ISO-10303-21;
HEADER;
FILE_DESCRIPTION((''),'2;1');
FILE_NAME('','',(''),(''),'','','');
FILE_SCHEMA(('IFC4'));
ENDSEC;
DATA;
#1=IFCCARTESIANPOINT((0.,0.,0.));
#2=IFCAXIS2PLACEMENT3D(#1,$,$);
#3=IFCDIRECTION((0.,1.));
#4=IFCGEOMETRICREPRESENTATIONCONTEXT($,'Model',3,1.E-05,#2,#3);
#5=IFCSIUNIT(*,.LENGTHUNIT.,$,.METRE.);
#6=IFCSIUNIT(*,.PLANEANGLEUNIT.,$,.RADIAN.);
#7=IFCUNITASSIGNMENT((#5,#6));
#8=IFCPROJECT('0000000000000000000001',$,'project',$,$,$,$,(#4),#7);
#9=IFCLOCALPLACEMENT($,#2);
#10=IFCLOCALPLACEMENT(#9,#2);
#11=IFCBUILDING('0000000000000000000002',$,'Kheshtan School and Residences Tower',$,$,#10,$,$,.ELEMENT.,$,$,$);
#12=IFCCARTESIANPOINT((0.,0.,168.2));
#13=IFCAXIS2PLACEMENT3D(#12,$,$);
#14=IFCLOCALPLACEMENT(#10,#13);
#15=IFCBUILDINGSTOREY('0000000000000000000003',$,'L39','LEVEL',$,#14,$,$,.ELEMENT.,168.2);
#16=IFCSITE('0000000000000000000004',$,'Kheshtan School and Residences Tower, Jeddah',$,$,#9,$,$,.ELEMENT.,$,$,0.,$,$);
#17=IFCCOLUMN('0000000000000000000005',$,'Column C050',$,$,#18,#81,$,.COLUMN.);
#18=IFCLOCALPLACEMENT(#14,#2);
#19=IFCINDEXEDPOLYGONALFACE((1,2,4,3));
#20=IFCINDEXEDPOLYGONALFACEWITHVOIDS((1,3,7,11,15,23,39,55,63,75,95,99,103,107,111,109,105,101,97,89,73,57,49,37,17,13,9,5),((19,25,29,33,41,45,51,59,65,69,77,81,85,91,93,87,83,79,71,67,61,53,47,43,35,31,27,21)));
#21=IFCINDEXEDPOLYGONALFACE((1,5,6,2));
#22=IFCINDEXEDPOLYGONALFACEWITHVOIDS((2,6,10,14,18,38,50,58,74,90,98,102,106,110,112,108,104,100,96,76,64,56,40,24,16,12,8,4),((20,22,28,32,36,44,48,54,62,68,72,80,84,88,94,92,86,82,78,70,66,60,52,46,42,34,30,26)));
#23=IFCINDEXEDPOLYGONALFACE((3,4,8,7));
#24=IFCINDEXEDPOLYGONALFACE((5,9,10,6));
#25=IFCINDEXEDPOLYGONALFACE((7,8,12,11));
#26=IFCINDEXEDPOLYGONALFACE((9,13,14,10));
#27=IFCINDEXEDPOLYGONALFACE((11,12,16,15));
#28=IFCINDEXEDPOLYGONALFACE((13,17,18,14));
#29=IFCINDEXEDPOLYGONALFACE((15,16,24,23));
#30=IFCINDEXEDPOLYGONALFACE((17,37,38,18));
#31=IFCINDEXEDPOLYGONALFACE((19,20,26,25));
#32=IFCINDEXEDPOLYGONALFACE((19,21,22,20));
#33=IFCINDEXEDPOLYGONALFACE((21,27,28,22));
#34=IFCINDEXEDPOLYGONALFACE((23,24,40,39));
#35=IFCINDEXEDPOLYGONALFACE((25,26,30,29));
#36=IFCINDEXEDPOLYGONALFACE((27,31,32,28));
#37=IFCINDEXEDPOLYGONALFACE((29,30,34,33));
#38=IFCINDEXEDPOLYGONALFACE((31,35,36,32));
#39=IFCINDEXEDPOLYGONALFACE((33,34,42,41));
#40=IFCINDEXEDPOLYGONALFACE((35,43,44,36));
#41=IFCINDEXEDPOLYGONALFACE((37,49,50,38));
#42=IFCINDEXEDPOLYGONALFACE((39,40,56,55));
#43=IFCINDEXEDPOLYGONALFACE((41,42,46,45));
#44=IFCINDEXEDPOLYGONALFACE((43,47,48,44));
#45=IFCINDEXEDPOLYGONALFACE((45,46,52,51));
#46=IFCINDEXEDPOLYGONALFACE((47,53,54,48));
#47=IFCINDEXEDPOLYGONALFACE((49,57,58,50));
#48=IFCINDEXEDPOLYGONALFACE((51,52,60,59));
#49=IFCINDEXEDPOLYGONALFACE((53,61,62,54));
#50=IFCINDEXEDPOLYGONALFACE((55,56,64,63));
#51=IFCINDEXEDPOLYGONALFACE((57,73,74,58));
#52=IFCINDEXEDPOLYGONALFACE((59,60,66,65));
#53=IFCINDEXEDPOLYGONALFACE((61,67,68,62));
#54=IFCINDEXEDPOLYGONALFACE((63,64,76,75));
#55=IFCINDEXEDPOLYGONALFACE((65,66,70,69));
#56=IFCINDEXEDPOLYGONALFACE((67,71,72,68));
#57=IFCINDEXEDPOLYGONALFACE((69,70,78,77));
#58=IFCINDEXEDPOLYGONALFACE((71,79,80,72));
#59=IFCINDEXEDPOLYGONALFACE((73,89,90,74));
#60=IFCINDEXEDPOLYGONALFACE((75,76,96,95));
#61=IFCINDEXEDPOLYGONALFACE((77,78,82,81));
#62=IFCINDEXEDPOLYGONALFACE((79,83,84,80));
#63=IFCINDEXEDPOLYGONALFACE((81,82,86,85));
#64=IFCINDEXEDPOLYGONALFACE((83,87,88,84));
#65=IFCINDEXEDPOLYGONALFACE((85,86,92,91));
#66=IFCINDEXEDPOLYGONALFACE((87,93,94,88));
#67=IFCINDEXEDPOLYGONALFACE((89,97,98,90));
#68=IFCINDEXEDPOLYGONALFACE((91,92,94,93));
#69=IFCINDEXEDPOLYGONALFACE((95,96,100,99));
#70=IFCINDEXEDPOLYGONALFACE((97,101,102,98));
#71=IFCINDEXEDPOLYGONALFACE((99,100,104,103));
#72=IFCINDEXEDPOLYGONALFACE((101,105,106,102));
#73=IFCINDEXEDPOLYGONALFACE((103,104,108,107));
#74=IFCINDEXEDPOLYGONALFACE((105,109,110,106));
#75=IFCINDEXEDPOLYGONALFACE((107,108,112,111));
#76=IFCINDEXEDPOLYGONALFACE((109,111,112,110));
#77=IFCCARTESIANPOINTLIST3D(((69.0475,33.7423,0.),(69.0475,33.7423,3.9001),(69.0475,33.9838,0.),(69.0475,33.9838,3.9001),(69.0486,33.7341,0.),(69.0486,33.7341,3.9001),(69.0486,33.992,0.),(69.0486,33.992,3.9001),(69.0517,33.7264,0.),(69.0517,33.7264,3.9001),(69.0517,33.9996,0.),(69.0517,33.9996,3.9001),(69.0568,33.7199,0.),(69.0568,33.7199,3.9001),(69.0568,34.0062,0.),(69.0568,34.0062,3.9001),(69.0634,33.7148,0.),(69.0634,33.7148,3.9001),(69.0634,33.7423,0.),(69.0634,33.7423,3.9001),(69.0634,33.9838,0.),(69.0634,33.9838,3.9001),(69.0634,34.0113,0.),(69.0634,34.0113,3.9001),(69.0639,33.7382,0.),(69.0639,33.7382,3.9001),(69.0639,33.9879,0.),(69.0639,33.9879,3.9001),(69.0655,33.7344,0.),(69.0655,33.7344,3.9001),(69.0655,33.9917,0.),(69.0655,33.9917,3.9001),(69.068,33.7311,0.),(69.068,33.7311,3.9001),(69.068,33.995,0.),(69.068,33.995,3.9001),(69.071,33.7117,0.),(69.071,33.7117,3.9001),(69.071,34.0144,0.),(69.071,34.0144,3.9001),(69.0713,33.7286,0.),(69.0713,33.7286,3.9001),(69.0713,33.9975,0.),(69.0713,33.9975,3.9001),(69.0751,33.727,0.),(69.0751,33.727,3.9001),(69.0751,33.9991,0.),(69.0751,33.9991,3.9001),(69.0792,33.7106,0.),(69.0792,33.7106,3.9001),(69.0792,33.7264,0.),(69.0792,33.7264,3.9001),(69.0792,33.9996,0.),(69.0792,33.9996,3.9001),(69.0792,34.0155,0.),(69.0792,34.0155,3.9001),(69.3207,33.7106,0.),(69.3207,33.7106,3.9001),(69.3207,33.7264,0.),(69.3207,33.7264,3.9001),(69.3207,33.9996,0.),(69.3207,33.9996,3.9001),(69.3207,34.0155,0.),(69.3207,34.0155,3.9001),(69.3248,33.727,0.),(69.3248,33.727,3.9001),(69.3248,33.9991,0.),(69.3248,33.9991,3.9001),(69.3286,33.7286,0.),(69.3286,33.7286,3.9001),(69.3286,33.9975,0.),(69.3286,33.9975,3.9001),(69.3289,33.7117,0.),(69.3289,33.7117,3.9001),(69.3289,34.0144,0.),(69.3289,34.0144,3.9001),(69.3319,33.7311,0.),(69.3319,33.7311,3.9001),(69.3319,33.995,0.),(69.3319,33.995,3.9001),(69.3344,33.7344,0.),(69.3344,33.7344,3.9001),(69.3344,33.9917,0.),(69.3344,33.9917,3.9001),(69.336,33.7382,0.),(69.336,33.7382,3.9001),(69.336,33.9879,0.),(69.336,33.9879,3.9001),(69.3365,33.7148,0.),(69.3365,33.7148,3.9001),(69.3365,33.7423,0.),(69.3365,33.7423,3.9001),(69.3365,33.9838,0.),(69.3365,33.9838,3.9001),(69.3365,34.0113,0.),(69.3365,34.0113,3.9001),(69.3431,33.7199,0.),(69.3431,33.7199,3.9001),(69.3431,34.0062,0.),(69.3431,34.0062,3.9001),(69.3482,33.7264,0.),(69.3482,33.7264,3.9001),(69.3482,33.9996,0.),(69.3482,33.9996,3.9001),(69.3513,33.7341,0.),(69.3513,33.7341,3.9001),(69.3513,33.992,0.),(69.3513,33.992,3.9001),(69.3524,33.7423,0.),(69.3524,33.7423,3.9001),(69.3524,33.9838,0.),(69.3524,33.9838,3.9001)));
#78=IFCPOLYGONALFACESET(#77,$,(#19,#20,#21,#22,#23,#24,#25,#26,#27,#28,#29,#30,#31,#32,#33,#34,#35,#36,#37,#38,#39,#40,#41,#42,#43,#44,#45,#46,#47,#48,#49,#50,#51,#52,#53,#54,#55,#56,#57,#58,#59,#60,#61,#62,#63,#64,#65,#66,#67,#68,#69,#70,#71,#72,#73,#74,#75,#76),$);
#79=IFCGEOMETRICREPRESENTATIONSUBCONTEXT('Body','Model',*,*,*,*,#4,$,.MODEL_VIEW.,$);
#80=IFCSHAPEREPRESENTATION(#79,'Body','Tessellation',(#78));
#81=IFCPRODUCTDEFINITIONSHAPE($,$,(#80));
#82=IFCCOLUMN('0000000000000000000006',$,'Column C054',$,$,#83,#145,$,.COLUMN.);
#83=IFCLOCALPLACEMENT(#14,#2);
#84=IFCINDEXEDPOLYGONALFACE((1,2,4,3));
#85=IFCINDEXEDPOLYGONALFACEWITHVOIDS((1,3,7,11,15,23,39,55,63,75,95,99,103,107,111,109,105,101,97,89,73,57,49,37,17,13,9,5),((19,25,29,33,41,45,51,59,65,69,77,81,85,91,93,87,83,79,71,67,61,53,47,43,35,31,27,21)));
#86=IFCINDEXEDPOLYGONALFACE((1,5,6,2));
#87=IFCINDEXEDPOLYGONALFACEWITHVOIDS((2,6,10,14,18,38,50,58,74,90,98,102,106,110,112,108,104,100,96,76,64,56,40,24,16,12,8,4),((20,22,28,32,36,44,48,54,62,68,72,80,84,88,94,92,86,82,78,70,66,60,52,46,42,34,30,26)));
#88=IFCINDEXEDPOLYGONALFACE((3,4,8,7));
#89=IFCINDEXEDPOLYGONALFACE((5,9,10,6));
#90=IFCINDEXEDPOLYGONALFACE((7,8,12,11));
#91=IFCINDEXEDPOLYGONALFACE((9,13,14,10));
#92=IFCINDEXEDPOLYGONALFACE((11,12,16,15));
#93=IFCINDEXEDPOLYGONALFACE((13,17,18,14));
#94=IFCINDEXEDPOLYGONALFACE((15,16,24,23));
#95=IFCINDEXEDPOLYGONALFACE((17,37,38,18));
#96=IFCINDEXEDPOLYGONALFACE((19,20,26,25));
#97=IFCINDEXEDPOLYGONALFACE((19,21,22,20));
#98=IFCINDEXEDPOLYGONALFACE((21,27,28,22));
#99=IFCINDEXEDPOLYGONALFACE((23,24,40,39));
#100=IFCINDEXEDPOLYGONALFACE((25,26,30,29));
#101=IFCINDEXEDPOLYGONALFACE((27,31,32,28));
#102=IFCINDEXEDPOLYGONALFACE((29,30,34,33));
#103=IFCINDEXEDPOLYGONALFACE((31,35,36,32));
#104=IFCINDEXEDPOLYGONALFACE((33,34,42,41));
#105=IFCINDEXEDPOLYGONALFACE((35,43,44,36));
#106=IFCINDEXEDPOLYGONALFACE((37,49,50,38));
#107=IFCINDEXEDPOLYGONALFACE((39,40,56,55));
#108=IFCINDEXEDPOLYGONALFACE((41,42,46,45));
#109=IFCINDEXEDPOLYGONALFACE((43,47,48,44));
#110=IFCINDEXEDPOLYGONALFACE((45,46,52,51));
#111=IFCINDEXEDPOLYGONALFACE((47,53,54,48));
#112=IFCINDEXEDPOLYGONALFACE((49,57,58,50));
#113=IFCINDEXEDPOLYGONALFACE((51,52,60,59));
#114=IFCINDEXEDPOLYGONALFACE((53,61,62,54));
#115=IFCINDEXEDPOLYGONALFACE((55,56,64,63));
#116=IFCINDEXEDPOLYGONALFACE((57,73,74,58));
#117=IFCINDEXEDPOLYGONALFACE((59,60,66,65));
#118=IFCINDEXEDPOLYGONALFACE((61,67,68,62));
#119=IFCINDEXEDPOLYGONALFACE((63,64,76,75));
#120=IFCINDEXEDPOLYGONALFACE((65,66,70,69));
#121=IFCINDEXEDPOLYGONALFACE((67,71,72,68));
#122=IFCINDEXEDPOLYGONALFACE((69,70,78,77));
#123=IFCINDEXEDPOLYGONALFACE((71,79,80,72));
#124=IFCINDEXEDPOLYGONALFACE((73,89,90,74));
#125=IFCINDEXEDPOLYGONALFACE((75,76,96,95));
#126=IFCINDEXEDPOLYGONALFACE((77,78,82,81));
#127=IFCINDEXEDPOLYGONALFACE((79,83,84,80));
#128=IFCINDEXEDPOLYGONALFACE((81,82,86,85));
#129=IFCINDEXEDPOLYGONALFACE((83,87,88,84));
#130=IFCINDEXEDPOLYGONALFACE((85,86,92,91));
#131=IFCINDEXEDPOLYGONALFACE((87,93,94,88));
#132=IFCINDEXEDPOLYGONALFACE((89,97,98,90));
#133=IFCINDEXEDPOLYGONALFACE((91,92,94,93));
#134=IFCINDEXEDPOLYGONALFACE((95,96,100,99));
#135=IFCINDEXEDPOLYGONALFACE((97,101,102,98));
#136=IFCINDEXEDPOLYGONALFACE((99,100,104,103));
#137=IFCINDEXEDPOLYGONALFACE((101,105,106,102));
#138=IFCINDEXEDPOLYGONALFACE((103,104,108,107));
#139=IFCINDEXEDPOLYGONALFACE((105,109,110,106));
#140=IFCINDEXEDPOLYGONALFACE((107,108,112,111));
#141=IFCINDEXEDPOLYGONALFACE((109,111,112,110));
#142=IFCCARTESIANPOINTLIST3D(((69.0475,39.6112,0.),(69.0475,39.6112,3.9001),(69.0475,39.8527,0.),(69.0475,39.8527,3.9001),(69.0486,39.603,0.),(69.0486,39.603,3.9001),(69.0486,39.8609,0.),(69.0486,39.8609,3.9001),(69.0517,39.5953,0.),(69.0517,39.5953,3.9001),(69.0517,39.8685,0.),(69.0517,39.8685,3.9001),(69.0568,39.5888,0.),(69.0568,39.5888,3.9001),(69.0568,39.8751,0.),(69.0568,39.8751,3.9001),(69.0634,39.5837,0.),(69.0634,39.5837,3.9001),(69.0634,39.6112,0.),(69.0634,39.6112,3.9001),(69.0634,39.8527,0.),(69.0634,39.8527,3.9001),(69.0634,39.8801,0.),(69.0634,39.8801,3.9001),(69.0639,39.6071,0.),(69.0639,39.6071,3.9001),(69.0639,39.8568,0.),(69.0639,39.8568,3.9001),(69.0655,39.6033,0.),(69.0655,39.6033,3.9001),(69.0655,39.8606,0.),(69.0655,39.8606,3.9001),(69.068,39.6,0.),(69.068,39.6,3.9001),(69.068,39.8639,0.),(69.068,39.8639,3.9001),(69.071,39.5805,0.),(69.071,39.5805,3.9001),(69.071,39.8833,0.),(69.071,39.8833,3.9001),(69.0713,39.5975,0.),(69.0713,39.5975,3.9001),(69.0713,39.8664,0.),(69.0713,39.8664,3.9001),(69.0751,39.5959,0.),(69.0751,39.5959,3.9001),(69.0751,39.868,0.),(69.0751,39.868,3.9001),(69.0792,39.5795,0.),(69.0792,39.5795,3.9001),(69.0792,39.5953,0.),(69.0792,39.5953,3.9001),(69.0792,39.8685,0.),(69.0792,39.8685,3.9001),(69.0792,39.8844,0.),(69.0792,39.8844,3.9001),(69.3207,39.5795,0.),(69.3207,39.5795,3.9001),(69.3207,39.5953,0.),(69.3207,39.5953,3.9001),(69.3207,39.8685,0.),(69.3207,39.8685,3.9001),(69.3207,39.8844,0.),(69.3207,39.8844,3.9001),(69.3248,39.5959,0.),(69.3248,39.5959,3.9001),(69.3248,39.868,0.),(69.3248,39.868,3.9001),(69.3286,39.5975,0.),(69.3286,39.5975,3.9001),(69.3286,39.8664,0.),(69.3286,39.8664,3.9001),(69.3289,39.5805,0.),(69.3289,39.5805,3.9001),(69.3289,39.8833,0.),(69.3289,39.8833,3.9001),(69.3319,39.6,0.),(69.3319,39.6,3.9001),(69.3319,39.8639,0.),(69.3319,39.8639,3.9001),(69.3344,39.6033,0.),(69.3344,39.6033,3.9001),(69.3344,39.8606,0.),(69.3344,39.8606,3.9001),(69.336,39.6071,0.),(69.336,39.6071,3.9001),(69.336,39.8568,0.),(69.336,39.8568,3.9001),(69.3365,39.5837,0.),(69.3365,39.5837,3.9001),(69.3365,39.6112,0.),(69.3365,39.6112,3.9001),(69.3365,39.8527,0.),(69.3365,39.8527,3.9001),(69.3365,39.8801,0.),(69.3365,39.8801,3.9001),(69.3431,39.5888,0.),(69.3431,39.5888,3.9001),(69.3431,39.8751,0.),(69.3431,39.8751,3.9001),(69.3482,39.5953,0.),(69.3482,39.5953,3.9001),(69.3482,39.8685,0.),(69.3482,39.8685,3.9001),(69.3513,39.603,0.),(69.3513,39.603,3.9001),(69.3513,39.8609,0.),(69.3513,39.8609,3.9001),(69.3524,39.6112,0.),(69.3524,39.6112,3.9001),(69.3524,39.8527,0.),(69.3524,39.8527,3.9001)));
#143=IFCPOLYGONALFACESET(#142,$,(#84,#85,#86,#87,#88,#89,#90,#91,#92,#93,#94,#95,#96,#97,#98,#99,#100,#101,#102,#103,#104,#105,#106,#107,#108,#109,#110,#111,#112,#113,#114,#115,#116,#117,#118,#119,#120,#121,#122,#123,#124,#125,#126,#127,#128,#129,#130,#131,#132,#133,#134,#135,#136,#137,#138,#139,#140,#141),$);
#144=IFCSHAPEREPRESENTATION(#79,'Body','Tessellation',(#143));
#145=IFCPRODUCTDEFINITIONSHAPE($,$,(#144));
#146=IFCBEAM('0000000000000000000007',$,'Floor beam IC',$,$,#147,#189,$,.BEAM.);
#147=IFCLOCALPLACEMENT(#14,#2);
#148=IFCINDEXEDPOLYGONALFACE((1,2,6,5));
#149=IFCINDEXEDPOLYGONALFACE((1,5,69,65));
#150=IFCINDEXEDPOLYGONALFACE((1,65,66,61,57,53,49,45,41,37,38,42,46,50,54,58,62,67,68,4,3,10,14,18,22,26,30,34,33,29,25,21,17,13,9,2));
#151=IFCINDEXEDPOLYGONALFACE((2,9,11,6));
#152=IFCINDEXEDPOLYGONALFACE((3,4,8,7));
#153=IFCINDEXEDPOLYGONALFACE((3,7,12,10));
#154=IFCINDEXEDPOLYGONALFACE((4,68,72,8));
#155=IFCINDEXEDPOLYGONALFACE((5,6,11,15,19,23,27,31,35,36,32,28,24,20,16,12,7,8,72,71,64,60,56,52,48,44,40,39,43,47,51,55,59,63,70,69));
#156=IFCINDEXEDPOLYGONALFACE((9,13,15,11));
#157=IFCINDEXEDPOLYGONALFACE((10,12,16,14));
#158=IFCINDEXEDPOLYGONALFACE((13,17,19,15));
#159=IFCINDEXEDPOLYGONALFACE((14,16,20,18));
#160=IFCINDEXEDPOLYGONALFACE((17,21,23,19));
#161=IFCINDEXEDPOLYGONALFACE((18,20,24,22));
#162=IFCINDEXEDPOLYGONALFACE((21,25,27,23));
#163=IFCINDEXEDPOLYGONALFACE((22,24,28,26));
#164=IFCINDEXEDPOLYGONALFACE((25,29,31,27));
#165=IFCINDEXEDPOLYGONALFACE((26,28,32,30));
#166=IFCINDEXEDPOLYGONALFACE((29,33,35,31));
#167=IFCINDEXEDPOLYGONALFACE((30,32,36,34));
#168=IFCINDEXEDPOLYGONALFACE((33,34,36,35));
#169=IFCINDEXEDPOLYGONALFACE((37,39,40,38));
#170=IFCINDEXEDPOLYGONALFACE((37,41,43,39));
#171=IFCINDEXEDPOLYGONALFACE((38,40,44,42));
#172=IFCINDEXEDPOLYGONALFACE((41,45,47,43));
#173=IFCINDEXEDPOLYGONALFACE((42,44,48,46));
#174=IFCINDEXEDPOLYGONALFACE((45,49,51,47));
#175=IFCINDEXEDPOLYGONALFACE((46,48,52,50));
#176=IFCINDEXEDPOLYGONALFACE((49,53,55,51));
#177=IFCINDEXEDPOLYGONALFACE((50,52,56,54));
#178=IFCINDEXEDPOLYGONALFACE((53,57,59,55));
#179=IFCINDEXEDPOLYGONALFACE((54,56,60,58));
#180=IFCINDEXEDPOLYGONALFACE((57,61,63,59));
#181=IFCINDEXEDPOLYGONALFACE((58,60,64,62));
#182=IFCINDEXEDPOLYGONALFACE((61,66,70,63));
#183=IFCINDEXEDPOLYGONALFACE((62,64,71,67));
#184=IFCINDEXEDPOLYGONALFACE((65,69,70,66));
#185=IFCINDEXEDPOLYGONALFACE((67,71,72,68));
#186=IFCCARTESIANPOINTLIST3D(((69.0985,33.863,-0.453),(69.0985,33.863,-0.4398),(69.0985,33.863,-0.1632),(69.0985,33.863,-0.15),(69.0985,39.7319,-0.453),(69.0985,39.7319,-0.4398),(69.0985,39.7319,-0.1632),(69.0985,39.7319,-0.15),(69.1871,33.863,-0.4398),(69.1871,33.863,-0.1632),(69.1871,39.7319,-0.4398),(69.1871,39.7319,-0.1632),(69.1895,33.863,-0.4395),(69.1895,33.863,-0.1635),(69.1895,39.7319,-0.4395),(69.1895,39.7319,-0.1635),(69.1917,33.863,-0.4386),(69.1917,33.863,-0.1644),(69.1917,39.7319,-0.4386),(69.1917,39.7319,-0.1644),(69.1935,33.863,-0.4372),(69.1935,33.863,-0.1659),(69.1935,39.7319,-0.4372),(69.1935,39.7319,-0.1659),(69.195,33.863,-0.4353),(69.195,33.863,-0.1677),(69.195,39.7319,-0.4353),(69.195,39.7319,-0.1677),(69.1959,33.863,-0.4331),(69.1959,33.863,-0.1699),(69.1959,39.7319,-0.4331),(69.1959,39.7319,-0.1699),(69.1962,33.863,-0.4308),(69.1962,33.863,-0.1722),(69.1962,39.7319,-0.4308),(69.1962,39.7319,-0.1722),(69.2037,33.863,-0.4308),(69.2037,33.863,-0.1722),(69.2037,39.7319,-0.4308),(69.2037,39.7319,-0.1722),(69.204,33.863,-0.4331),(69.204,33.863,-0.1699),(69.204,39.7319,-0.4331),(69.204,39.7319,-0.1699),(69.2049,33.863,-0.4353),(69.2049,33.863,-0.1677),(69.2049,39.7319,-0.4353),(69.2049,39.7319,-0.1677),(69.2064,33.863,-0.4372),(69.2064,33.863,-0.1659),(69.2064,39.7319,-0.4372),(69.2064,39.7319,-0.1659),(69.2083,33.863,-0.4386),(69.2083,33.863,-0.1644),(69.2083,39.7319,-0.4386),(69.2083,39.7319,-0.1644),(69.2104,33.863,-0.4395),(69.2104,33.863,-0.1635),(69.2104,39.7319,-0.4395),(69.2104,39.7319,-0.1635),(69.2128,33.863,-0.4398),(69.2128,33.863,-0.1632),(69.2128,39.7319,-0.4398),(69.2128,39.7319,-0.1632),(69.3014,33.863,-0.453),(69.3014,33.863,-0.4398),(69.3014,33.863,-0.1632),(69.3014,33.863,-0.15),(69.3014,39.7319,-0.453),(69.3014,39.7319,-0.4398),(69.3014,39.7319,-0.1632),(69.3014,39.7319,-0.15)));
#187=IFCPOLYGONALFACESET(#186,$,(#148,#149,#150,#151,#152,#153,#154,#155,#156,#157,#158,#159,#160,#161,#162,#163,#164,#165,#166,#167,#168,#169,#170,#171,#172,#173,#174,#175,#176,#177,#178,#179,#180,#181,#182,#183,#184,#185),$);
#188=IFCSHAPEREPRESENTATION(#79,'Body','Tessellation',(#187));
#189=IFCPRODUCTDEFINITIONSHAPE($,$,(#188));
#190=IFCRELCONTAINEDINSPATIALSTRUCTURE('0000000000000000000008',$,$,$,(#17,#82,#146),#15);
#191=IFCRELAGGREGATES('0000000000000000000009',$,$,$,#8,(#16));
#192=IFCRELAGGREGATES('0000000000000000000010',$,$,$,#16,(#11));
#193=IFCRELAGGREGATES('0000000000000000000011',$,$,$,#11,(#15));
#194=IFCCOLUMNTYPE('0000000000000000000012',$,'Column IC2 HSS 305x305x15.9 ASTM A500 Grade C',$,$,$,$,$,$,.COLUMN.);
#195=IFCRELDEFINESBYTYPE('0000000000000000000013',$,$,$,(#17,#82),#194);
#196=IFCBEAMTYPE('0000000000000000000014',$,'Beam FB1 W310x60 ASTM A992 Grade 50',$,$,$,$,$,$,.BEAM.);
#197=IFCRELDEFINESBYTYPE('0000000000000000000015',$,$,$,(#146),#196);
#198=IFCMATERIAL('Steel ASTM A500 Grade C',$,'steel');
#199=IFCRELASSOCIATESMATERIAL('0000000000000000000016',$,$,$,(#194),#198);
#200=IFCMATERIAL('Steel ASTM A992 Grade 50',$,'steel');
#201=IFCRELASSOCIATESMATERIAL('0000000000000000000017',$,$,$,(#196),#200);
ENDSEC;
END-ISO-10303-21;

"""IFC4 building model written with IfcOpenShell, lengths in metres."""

from ifc_helpers import new_model, si_unit, direction, frame, origin, origin_2d, place, context, subcontext, project, spatial, hollow_rectangle, i_section, extrude, material, material_profile, profile_set, type_object, element, save


model = new_model("IFC4")

# Units and contexts
model_context = context("Model", 3, precision=1e-05, world=origin(), true_north=direction((0.0, 1.0)))
body_context = subcontext(model_context, "Body", "Model", "MODEL_VIEW")
ifc_project = project(units=[si_unit("LENGTHUNIT", "METRE"), si_unit("PLANEANGLEUNIT", "RADIAN")], contexts=[model_context])

# Site, building, storey
site_placement = place(None, origin())
site = spatial("IfcSite", under=ifc_project, at=site_placement, Name="Kheshtan School and Residences Tower, Jeddah", CompositionType="ELEMENT", RefElevation=0.0)
building_placement = place(site_placement, origin())
building = spatial("IfcBuilding", under=site, at=building_placement, Name="Kheshtan School and Residences Tower", CompositionType="ELEMENT")
storey_placement = place(building_placement, frame((0.0, 0.0, 168.2)))
storey = spatial("IfcBuildingStorey", under=building, at=storey_placement, Name="L39", Description="LEVEL", CompositionType="ELEMENT", Elevation=168.2)

# Columns
ifc_material_1 = material(Name="Steel ASTM A500 Grade C", Category="steel")
ifc_material_profile_1 = material_profile(ifc_material_1, hollow_rectangle(XDim=0.3049, YDim=0.3049, WallThickness=0.0159, InnerFilletRadius=0.0159, OuterFilletRadius=0.0317, at=origin_2d()), Name="HSS 305x305x15.9")
ifc_profile_set_1 = profile_set([ifc_material_profile_1], Name="Steel ASTM A500 Grade C")
column_type = type_object("IfcColumnType", Name="Column IC2 HSS 305x305x15.9 ASTM A500 Grade C", PredefinedType="COLUMN", material=ifc_profile_set_1)
for number, where, z_axis, x_axis, name in (
    (1, (69.2, 33.863, 0.0), (0.0, 0.0, 1.0), (1.0, 0.0, 0.0), "Column C050"),
    (2, (69.2, 39.7319, 0.0), (0.0, 0.0, 1.0), (1.0, 0.0, 0.0), "Column C054"),
):
    element("IfcColumn", number, at=place(storey_placement, frame(where, z_axis=z_axis, x_axis=x_axis)), inside=storey, type_object=column_type, Name=name, PredefinedType="COLUMN", context=body_context, shape_type="SweptSolid", body=[
        extrude(hollow_rectangle(XDim=0.3049, YDim=0.3049, WallThickness=0.0159, InnerFilletRadius=0.0159, OuterFilletRadius=0.0317, at=origin_2d()), origin(), (0.0, 0.0, 1.0), 3.9001),
    ])

# Beam
ifc_material_2 = material(Name="Steel ASTM A992 Grade 50", Category="steel")
ifc_material_profile_2 = material_profile(ifc_material_2, i_section(OverallWidth=0.2029, OverallDepth=0.303, WebThickness=0.0076, FlangeThickness=0.0132, FilletRadius=0.009, at=origin_2d()), Name="W310x60")
ifc_profile_set_2 = profile_set([ifc_material_profile_2], Name="Steel ASTM A992 Grade 50")
beam_type = type_object("IfcBeamType", Name="Beam FB1 W310x60 ASTM A992 Grade 50", PredefinedType="BEAM", material=ifc_profile_set_2)
beam_placement = place(storey_placement, frame((69.2, 33.863, -0.3015), z_axis=(0.0, 1.0, 0.0), x_axis=(-1.0, 0.0, 0.0)))
element("IfcBeam", 3, at=beam_placement, inside=storey, type_object=beam_type, Name="Floor beam IC", PredefinedType="BEAM", context=body_context, shape_type="SweptSolid", body=[
    extrude(i_section(OverallWidth=0.2029, OverallDepth=0.303, WebThickness=0.0076, FlangeThickness=0.0132, FilletRadius=0.009, at=origin_2d()), origin(), (0.0, 0.0, 1.0), 5.8689),
])

save(model, "model.ifc")
